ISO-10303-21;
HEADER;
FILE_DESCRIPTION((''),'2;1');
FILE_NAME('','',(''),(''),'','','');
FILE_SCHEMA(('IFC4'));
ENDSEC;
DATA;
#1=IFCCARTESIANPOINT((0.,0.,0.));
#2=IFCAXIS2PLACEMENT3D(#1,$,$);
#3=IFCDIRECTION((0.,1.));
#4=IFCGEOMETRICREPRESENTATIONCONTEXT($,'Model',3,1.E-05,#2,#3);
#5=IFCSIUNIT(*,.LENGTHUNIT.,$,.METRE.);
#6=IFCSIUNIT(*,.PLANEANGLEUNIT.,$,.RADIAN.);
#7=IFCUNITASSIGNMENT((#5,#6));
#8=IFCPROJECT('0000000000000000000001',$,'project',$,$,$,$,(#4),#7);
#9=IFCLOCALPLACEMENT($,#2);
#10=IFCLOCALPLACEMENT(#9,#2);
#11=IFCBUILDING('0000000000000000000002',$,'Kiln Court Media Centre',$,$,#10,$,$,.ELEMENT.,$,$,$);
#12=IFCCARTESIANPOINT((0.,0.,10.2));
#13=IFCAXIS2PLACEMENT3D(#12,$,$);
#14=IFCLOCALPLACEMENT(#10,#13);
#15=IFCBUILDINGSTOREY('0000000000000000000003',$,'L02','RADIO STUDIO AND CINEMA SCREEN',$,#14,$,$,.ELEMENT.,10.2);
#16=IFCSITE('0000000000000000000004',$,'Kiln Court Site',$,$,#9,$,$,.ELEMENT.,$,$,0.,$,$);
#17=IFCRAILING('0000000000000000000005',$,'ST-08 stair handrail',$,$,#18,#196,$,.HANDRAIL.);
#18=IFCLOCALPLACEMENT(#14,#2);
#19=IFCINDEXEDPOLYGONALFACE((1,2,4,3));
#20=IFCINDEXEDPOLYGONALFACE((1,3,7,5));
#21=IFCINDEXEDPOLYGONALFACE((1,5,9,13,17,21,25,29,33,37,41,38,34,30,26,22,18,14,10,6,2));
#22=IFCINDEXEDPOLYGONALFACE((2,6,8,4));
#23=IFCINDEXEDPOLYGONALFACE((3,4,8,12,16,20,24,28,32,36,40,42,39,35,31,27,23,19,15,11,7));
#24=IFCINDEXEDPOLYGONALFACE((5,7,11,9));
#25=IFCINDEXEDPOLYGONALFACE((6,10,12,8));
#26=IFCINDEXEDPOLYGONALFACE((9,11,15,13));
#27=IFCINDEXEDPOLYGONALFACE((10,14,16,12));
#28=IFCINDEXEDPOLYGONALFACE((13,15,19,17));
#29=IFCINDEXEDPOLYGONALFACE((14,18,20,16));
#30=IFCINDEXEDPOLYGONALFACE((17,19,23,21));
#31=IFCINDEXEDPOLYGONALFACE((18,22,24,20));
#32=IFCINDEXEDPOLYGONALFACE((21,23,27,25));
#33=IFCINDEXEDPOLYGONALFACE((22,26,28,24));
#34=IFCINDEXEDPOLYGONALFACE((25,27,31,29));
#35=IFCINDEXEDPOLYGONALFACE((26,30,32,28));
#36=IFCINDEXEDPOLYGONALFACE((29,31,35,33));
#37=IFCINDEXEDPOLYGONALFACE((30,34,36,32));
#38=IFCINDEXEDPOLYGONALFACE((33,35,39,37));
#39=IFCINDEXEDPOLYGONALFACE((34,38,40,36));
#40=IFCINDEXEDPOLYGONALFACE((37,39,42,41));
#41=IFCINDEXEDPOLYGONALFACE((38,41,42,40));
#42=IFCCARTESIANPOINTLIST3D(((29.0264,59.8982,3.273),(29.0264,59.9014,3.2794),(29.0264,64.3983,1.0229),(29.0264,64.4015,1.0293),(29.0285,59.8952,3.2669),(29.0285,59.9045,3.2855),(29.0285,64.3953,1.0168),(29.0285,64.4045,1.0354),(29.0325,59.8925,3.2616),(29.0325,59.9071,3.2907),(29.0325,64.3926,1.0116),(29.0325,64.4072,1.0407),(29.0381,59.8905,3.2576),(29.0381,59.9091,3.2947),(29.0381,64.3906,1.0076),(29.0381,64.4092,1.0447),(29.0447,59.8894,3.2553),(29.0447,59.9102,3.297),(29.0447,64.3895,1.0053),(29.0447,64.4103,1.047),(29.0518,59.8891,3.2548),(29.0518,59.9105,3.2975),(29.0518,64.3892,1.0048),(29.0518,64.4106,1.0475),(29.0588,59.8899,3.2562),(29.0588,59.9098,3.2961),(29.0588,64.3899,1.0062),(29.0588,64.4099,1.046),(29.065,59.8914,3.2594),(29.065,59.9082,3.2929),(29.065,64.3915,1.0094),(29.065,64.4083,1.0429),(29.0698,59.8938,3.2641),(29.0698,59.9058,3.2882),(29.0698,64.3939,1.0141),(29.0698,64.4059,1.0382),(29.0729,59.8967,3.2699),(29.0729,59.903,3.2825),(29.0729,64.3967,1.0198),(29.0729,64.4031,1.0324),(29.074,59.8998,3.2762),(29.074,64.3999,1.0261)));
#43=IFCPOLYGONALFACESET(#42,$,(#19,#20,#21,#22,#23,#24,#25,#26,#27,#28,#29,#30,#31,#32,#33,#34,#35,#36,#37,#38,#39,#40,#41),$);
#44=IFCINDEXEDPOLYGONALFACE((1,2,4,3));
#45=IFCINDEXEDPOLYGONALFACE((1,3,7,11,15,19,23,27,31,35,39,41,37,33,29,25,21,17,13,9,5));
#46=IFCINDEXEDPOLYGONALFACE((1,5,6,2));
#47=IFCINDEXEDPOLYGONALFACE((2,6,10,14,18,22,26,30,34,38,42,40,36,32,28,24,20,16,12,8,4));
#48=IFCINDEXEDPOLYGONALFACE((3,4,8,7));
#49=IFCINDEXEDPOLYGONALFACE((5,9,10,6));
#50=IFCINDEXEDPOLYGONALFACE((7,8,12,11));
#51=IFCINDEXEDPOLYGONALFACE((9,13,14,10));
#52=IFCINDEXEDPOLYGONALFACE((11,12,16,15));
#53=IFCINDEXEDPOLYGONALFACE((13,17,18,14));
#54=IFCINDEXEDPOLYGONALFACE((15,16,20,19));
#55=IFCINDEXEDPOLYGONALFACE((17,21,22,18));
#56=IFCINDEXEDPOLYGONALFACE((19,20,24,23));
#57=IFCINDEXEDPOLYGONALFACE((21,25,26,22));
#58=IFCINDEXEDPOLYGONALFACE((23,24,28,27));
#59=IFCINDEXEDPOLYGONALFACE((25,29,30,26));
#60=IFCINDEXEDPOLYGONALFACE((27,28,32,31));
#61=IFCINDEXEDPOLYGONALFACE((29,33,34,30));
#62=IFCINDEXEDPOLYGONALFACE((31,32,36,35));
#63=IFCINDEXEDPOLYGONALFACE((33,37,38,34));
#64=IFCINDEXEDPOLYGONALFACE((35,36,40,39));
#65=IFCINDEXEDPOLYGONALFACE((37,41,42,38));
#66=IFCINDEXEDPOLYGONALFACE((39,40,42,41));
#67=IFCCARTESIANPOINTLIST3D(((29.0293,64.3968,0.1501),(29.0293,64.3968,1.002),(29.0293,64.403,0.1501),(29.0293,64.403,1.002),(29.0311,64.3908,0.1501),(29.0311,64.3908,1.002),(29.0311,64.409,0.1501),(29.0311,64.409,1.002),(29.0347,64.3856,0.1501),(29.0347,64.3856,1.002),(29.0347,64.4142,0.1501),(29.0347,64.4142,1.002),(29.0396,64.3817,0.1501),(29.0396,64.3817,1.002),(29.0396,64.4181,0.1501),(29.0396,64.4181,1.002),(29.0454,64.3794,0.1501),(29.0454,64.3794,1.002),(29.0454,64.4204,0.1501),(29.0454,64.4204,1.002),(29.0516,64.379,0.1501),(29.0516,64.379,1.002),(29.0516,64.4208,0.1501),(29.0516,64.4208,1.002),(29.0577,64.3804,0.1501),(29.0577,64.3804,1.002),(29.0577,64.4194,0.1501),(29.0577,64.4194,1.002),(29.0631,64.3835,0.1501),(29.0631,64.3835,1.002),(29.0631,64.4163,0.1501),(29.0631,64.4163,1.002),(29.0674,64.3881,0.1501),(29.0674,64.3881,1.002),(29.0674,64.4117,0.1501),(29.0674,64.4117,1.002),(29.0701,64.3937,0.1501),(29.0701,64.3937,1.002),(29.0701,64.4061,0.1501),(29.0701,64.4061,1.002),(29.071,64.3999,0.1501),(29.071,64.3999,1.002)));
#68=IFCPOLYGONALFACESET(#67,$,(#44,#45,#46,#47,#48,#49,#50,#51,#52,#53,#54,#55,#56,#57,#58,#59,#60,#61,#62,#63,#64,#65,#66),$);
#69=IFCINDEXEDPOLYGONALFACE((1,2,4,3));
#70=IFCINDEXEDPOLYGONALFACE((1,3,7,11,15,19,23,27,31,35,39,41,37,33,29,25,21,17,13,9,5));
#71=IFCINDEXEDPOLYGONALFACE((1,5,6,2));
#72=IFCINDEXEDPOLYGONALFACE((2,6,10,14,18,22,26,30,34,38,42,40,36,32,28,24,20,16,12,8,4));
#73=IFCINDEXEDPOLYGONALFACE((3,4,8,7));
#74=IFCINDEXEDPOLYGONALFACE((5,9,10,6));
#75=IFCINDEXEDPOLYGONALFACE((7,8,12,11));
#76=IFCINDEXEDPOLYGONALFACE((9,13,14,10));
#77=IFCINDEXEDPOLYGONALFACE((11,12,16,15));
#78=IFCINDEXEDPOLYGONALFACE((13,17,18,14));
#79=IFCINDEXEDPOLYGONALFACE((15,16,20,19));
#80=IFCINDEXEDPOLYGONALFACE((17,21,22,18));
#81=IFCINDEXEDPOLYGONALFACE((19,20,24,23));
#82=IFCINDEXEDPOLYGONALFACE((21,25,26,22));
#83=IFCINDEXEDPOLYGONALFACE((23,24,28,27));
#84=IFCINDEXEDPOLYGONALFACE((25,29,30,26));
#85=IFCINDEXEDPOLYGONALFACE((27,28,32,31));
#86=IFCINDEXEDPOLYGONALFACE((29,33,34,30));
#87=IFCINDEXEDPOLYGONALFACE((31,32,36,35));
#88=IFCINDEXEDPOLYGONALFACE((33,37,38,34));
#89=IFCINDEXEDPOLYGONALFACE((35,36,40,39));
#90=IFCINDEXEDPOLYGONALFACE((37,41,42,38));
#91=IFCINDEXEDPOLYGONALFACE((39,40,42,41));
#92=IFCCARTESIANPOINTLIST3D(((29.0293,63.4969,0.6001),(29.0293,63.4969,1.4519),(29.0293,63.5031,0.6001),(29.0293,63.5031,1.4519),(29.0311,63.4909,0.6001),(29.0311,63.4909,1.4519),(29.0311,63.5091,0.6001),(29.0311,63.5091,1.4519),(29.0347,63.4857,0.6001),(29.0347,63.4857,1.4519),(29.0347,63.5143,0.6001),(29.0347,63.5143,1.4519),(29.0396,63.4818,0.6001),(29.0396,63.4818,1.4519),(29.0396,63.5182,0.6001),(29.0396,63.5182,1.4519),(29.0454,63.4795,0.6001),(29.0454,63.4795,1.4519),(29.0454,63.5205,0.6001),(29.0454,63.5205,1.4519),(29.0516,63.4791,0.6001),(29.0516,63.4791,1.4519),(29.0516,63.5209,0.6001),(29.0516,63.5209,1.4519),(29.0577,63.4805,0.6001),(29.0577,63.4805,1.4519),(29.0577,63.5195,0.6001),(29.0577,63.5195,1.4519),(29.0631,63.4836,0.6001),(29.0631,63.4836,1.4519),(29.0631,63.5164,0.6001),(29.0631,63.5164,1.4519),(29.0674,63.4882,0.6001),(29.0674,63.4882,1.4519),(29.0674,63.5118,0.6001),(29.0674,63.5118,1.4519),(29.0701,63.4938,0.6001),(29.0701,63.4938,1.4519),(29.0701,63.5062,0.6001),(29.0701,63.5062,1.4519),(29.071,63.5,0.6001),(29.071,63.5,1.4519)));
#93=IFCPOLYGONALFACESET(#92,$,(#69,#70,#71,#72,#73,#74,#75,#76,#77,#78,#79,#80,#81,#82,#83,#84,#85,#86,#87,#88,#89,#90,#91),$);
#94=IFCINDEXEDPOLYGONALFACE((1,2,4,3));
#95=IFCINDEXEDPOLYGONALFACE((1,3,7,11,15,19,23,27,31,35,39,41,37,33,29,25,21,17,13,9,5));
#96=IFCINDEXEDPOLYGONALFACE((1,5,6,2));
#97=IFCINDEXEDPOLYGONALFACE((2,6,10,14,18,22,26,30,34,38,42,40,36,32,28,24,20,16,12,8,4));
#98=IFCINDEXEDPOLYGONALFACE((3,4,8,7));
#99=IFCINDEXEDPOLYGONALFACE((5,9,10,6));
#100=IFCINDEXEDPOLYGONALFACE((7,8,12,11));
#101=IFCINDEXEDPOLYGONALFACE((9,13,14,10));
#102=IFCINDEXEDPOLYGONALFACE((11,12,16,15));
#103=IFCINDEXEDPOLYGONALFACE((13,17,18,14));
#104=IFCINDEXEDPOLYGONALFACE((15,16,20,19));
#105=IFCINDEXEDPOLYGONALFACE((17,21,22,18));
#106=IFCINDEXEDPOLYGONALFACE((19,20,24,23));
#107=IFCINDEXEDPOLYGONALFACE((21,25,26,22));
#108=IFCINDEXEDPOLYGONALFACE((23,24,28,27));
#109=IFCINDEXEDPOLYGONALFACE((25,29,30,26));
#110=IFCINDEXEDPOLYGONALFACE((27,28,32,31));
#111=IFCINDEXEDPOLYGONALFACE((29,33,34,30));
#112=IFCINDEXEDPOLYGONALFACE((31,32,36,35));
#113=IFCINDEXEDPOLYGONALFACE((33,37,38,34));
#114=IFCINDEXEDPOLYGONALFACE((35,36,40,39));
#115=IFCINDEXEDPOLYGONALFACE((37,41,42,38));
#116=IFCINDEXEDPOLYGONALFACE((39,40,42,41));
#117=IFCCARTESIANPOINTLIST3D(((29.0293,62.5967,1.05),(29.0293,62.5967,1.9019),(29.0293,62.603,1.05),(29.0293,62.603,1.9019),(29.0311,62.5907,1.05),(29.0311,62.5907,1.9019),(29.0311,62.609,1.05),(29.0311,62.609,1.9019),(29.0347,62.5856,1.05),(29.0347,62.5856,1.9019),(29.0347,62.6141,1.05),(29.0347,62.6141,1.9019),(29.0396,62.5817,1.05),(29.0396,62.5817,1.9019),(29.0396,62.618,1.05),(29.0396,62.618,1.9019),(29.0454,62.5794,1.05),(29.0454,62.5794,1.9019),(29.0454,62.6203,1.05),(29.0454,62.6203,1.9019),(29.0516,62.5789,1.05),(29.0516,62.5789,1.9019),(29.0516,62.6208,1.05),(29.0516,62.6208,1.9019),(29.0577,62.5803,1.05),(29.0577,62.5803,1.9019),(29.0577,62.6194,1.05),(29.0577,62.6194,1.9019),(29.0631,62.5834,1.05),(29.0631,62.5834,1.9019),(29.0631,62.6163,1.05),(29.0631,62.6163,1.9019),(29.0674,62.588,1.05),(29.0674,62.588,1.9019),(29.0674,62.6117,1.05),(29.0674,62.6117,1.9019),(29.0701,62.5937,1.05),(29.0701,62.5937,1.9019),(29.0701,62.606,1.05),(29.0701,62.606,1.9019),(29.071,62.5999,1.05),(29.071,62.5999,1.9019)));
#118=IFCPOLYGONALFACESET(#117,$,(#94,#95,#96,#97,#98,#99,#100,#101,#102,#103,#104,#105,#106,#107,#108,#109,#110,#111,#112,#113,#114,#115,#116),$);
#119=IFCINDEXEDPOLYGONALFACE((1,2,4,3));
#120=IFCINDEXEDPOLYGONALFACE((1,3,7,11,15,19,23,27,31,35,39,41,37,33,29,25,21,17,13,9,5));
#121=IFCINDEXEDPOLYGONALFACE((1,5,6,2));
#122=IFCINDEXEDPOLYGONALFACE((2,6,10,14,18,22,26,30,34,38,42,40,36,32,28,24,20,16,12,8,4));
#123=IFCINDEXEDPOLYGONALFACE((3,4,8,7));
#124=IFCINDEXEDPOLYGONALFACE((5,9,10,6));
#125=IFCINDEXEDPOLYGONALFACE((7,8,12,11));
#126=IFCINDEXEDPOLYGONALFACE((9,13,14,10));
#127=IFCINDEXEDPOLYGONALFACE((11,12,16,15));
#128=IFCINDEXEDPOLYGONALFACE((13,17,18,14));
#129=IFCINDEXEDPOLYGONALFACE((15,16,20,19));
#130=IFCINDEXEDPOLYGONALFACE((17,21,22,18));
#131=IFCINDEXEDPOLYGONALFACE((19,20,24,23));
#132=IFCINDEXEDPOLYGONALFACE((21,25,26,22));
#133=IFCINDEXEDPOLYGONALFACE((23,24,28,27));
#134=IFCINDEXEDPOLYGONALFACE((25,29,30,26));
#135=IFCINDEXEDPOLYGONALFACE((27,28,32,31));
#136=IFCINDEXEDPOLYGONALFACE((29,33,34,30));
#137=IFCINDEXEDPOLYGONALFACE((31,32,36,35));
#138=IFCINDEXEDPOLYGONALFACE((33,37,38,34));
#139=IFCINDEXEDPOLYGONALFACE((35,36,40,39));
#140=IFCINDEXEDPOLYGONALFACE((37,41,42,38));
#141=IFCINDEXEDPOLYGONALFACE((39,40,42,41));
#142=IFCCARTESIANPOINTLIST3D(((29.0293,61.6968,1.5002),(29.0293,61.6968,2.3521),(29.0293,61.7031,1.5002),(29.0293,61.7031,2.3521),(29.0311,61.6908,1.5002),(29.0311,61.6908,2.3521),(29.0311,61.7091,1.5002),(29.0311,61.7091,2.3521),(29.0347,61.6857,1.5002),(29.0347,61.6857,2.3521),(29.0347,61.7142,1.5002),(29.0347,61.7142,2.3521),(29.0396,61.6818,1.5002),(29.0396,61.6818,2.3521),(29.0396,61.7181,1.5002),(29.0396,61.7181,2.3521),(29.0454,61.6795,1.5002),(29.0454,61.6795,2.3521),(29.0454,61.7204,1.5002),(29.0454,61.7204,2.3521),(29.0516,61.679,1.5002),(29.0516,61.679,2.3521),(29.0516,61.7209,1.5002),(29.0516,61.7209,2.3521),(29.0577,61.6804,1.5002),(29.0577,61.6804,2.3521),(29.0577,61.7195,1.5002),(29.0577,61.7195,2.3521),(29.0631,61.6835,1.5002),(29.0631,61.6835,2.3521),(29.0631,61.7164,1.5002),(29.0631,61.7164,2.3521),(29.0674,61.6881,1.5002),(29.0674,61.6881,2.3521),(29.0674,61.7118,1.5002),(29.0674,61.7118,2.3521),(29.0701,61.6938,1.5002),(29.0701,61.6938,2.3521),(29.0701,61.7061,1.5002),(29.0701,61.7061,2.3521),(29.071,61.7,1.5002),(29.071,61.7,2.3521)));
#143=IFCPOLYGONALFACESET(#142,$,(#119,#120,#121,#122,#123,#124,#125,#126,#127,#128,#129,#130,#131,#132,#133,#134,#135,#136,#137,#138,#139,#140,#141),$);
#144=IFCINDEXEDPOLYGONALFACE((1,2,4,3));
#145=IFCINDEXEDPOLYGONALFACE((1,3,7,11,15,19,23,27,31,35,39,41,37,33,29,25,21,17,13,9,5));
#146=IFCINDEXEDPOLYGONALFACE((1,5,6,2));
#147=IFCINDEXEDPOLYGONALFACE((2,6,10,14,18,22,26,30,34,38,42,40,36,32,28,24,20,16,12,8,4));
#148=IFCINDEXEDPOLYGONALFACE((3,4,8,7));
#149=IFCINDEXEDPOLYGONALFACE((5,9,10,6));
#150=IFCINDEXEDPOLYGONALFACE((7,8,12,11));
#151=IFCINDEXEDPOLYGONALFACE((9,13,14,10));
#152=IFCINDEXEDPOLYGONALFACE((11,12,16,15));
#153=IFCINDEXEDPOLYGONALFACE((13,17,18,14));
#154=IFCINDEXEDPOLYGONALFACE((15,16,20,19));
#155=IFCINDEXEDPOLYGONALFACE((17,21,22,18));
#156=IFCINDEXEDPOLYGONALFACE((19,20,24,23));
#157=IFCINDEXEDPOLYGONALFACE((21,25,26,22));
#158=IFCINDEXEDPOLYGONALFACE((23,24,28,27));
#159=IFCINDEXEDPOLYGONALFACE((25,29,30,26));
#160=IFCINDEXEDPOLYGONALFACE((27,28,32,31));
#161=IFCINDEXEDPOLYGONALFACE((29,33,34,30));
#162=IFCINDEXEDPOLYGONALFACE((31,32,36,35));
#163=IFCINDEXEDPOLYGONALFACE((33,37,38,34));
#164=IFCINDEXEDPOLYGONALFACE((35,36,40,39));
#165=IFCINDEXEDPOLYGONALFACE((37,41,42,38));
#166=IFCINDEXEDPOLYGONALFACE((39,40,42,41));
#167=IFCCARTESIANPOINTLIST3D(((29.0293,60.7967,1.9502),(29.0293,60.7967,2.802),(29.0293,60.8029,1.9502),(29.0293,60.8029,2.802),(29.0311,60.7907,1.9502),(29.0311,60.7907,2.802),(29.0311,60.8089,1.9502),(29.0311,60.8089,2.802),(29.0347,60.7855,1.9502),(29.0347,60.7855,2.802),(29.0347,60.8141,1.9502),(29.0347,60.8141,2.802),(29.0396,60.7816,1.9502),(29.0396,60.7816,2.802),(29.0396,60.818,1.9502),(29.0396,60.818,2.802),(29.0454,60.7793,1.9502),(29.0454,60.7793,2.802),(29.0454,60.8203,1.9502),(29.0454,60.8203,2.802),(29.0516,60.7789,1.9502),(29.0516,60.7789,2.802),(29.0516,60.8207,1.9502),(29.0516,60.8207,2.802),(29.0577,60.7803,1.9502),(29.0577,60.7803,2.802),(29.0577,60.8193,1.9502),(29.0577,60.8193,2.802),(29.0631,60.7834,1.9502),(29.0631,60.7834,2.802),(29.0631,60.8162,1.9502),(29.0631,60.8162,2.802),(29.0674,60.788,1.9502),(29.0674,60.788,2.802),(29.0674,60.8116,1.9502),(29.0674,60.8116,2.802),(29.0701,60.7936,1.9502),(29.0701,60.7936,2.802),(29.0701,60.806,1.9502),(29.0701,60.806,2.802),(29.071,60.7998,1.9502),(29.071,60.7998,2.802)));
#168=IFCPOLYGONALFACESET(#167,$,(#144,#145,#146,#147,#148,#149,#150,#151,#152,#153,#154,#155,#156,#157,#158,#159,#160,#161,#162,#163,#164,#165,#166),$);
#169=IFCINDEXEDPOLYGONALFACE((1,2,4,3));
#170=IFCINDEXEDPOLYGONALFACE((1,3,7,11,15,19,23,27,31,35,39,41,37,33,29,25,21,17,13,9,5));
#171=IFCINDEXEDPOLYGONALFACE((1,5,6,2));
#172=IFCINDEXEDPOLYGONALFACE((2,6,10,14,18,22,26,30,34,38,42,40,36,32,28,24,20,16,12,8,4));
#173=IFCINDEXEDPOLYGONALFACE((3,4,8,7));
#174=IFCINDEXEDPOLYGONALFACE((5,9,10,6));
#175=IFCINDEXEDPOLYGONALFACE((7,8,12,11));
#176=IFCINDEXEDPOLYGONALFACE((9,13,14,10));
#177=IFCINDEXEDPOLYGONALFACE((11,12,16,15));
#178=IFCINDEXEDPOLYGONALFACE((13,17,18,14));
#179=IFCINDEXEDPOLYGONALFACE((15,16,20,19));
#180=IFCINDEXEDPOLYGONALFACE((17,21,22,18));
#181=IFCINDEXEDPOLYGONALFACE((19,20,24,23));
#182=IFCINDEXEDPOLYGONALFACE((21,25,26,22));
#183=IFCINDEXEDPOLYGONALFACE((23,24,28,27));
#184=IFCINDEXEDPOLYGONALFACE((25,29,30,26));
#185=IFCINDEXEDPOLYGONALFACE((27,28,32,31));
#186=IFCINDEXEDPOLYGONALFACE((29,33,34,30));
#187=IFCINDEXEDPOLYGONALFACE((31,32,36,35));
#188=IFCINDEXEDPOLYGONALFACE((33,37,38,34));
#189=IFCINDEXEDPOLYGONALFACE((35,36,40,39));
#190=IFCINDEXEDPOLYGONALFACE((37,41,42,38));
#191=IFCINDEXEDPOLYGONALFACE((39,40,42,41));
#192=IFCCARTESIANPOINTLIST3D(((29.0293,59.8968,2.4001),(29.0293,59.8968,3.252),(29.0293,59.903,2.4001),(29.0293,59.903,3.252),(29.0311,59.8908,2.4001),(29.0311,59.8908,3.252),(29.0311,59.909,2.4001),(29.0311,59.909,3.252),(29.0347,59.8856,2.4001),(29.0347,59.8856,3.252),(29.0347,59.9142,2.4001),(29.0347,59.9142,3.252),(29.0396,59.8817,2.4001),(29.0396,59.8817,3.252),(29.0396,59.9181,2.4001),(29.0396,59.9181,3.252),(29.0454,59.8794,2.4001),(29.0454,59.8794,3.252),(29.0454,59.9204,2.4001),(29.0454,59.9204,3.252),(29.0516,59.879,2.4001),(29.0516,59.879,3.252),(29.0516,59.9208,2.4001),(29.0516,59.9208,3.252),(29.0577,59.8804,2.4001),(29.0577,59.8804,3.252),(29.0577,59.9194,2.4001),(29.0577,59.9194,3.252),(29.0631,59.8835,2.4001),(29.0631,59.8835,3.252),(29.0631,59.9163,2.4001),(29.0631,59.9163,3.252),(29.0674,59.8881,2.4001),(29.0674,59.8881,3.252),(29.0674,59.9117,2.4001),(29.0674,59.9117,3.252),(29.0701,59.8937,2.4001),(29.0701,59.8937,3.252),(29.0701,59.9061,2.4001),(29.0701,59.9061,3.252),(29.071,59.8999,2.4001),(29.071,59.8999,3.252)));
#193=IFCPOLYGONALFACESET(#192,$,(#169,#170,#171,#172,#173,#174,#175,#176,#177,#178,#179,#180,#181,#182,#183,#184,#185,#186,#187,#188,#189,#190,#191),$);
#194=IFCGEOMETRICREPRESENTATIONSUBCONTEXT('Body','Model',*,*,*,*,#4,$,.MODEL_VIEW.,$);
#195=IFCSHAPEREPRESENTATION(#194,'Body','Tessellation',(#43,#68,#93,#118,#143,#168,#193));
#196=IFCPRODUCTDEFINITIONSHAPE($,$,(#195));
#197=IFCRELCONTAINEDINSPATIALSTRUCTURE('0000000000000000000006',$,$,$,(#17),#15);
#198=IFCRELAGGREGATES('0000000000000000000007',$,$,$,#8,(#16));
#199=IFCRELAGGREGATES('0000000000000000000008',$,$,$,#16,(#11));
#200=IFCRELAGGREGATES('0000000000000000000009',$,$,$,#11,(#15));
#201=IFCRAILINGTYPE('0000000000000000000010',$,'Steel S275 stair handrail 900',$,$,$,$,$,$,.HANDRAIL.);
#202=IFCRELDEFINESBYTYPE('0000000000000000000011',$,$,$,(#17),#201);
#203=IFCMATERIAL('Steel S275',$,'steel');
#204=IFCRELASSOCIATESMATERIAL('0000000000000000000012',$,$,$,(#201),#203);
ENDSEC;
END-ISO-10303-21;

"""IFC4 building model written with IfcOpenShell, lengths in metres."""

from ifc_helpers import new_model, si_unit, direction, frame, origin, origin_2d, place, context, subcontext, project, spatial, circle, extrude, material, type_object, element, save


model = new_model("IFC4")

# Units and contexts
model_context = context("Model", 3, precision=1e-05, world=origin(), true_north=direction((0.0, 1.0)))
body_context = subcontext(model_context, "Body", "Model", "MODEL_VIEW")
ifc_project = project(units=[si_unit("LENGTHUNIT", "METRE"), si_unit("PLANEANGLEUNIT", "RADIAN")], contexts=[model_context])

# Site, building, storey
site_placement = place(None, origin())
site = spatial("IfcSite", under=ifc_project, at=site_placement, Name="Kiln Court Site", CompositionType="ELEMENT", RefElevation=0.0)
building_placement = place(site_placement, origin())
building = spatial("IfcBuilding", under=site, at=building_placement, Name="Kiln Court Media Centre", CompositionType="ELEMENT")
storey_placement = place(building_placement, frame((0.0, 0.0, 10.2)))
storey = spatial("IfcBuildingStorey", under=building, at=storey_placement, Name="L02", Description="RADIO STUDIO AND CINEMA SCREEN", CompositionType="ELEMENT", Elevation=10.2)

# Railing
ifc_material_1 = material(Name="Steel S275", Category="steel")
railing_type = type_object("IfcRailingType", Name="Steel S275 stair handrail 900", PredefinedType="HANDRAIL", material=ifc_material_1)
railing_placement = place(storey_placement, frame((29.05, 64.3999, 0.1501)))
element("IfcRailing", 1, at=railing_placement, inside=storey, type_object=railing_type, Name="ST-08 stair handrail", PredefinedType="HANDRAIL", context=body_context, shape_type="SweptSolid", body=[
    extrude(circle(Radius=0.0239, at=origin_2d()), frame((0.0, 0.0, 0.876), z_axis=(0.0, -0.894427, 0.447214), x_axis=(1.0, 0.0, 0.0)), (0.0, 0.0, 1.0), 5.0312),
    extrude(circle(Radius=0.021, at=origin_2d()), origin(), (0.0, 0.0, 1.0), 0.8518),
    extrude(circle(Radius=0.021, at=origin_2d()), frame((0.0, -0.8999, 0.45)), (0.0, 0.0, 1.0), 0.8518),
    extrude(circle(Radius=0.021, at=origin_2d()), frame((0.0, -1.8, 0.8999)), (0.0, 0.0, 1.0), 0.8518),
    extrude(circle(Radius=0.021, at=origin_2d()), frame((0.0, -2.7, 1.3501)), (0.0, 0.0, 1.0), 0.8518),
    extrude(circle(Radius=0.021, at=origin_2d()), frame((0.0, -3.6001, 1.8)), (0.0, 0.0, 1.0), 0.8518),
    extrude(circle(Radius=0.021, at=origin_2d()), frame((0.0, -4.5, 2.25)), (0.0, 0.0, 1.0), 0.8518),
])

save(model, "model.ifc")
